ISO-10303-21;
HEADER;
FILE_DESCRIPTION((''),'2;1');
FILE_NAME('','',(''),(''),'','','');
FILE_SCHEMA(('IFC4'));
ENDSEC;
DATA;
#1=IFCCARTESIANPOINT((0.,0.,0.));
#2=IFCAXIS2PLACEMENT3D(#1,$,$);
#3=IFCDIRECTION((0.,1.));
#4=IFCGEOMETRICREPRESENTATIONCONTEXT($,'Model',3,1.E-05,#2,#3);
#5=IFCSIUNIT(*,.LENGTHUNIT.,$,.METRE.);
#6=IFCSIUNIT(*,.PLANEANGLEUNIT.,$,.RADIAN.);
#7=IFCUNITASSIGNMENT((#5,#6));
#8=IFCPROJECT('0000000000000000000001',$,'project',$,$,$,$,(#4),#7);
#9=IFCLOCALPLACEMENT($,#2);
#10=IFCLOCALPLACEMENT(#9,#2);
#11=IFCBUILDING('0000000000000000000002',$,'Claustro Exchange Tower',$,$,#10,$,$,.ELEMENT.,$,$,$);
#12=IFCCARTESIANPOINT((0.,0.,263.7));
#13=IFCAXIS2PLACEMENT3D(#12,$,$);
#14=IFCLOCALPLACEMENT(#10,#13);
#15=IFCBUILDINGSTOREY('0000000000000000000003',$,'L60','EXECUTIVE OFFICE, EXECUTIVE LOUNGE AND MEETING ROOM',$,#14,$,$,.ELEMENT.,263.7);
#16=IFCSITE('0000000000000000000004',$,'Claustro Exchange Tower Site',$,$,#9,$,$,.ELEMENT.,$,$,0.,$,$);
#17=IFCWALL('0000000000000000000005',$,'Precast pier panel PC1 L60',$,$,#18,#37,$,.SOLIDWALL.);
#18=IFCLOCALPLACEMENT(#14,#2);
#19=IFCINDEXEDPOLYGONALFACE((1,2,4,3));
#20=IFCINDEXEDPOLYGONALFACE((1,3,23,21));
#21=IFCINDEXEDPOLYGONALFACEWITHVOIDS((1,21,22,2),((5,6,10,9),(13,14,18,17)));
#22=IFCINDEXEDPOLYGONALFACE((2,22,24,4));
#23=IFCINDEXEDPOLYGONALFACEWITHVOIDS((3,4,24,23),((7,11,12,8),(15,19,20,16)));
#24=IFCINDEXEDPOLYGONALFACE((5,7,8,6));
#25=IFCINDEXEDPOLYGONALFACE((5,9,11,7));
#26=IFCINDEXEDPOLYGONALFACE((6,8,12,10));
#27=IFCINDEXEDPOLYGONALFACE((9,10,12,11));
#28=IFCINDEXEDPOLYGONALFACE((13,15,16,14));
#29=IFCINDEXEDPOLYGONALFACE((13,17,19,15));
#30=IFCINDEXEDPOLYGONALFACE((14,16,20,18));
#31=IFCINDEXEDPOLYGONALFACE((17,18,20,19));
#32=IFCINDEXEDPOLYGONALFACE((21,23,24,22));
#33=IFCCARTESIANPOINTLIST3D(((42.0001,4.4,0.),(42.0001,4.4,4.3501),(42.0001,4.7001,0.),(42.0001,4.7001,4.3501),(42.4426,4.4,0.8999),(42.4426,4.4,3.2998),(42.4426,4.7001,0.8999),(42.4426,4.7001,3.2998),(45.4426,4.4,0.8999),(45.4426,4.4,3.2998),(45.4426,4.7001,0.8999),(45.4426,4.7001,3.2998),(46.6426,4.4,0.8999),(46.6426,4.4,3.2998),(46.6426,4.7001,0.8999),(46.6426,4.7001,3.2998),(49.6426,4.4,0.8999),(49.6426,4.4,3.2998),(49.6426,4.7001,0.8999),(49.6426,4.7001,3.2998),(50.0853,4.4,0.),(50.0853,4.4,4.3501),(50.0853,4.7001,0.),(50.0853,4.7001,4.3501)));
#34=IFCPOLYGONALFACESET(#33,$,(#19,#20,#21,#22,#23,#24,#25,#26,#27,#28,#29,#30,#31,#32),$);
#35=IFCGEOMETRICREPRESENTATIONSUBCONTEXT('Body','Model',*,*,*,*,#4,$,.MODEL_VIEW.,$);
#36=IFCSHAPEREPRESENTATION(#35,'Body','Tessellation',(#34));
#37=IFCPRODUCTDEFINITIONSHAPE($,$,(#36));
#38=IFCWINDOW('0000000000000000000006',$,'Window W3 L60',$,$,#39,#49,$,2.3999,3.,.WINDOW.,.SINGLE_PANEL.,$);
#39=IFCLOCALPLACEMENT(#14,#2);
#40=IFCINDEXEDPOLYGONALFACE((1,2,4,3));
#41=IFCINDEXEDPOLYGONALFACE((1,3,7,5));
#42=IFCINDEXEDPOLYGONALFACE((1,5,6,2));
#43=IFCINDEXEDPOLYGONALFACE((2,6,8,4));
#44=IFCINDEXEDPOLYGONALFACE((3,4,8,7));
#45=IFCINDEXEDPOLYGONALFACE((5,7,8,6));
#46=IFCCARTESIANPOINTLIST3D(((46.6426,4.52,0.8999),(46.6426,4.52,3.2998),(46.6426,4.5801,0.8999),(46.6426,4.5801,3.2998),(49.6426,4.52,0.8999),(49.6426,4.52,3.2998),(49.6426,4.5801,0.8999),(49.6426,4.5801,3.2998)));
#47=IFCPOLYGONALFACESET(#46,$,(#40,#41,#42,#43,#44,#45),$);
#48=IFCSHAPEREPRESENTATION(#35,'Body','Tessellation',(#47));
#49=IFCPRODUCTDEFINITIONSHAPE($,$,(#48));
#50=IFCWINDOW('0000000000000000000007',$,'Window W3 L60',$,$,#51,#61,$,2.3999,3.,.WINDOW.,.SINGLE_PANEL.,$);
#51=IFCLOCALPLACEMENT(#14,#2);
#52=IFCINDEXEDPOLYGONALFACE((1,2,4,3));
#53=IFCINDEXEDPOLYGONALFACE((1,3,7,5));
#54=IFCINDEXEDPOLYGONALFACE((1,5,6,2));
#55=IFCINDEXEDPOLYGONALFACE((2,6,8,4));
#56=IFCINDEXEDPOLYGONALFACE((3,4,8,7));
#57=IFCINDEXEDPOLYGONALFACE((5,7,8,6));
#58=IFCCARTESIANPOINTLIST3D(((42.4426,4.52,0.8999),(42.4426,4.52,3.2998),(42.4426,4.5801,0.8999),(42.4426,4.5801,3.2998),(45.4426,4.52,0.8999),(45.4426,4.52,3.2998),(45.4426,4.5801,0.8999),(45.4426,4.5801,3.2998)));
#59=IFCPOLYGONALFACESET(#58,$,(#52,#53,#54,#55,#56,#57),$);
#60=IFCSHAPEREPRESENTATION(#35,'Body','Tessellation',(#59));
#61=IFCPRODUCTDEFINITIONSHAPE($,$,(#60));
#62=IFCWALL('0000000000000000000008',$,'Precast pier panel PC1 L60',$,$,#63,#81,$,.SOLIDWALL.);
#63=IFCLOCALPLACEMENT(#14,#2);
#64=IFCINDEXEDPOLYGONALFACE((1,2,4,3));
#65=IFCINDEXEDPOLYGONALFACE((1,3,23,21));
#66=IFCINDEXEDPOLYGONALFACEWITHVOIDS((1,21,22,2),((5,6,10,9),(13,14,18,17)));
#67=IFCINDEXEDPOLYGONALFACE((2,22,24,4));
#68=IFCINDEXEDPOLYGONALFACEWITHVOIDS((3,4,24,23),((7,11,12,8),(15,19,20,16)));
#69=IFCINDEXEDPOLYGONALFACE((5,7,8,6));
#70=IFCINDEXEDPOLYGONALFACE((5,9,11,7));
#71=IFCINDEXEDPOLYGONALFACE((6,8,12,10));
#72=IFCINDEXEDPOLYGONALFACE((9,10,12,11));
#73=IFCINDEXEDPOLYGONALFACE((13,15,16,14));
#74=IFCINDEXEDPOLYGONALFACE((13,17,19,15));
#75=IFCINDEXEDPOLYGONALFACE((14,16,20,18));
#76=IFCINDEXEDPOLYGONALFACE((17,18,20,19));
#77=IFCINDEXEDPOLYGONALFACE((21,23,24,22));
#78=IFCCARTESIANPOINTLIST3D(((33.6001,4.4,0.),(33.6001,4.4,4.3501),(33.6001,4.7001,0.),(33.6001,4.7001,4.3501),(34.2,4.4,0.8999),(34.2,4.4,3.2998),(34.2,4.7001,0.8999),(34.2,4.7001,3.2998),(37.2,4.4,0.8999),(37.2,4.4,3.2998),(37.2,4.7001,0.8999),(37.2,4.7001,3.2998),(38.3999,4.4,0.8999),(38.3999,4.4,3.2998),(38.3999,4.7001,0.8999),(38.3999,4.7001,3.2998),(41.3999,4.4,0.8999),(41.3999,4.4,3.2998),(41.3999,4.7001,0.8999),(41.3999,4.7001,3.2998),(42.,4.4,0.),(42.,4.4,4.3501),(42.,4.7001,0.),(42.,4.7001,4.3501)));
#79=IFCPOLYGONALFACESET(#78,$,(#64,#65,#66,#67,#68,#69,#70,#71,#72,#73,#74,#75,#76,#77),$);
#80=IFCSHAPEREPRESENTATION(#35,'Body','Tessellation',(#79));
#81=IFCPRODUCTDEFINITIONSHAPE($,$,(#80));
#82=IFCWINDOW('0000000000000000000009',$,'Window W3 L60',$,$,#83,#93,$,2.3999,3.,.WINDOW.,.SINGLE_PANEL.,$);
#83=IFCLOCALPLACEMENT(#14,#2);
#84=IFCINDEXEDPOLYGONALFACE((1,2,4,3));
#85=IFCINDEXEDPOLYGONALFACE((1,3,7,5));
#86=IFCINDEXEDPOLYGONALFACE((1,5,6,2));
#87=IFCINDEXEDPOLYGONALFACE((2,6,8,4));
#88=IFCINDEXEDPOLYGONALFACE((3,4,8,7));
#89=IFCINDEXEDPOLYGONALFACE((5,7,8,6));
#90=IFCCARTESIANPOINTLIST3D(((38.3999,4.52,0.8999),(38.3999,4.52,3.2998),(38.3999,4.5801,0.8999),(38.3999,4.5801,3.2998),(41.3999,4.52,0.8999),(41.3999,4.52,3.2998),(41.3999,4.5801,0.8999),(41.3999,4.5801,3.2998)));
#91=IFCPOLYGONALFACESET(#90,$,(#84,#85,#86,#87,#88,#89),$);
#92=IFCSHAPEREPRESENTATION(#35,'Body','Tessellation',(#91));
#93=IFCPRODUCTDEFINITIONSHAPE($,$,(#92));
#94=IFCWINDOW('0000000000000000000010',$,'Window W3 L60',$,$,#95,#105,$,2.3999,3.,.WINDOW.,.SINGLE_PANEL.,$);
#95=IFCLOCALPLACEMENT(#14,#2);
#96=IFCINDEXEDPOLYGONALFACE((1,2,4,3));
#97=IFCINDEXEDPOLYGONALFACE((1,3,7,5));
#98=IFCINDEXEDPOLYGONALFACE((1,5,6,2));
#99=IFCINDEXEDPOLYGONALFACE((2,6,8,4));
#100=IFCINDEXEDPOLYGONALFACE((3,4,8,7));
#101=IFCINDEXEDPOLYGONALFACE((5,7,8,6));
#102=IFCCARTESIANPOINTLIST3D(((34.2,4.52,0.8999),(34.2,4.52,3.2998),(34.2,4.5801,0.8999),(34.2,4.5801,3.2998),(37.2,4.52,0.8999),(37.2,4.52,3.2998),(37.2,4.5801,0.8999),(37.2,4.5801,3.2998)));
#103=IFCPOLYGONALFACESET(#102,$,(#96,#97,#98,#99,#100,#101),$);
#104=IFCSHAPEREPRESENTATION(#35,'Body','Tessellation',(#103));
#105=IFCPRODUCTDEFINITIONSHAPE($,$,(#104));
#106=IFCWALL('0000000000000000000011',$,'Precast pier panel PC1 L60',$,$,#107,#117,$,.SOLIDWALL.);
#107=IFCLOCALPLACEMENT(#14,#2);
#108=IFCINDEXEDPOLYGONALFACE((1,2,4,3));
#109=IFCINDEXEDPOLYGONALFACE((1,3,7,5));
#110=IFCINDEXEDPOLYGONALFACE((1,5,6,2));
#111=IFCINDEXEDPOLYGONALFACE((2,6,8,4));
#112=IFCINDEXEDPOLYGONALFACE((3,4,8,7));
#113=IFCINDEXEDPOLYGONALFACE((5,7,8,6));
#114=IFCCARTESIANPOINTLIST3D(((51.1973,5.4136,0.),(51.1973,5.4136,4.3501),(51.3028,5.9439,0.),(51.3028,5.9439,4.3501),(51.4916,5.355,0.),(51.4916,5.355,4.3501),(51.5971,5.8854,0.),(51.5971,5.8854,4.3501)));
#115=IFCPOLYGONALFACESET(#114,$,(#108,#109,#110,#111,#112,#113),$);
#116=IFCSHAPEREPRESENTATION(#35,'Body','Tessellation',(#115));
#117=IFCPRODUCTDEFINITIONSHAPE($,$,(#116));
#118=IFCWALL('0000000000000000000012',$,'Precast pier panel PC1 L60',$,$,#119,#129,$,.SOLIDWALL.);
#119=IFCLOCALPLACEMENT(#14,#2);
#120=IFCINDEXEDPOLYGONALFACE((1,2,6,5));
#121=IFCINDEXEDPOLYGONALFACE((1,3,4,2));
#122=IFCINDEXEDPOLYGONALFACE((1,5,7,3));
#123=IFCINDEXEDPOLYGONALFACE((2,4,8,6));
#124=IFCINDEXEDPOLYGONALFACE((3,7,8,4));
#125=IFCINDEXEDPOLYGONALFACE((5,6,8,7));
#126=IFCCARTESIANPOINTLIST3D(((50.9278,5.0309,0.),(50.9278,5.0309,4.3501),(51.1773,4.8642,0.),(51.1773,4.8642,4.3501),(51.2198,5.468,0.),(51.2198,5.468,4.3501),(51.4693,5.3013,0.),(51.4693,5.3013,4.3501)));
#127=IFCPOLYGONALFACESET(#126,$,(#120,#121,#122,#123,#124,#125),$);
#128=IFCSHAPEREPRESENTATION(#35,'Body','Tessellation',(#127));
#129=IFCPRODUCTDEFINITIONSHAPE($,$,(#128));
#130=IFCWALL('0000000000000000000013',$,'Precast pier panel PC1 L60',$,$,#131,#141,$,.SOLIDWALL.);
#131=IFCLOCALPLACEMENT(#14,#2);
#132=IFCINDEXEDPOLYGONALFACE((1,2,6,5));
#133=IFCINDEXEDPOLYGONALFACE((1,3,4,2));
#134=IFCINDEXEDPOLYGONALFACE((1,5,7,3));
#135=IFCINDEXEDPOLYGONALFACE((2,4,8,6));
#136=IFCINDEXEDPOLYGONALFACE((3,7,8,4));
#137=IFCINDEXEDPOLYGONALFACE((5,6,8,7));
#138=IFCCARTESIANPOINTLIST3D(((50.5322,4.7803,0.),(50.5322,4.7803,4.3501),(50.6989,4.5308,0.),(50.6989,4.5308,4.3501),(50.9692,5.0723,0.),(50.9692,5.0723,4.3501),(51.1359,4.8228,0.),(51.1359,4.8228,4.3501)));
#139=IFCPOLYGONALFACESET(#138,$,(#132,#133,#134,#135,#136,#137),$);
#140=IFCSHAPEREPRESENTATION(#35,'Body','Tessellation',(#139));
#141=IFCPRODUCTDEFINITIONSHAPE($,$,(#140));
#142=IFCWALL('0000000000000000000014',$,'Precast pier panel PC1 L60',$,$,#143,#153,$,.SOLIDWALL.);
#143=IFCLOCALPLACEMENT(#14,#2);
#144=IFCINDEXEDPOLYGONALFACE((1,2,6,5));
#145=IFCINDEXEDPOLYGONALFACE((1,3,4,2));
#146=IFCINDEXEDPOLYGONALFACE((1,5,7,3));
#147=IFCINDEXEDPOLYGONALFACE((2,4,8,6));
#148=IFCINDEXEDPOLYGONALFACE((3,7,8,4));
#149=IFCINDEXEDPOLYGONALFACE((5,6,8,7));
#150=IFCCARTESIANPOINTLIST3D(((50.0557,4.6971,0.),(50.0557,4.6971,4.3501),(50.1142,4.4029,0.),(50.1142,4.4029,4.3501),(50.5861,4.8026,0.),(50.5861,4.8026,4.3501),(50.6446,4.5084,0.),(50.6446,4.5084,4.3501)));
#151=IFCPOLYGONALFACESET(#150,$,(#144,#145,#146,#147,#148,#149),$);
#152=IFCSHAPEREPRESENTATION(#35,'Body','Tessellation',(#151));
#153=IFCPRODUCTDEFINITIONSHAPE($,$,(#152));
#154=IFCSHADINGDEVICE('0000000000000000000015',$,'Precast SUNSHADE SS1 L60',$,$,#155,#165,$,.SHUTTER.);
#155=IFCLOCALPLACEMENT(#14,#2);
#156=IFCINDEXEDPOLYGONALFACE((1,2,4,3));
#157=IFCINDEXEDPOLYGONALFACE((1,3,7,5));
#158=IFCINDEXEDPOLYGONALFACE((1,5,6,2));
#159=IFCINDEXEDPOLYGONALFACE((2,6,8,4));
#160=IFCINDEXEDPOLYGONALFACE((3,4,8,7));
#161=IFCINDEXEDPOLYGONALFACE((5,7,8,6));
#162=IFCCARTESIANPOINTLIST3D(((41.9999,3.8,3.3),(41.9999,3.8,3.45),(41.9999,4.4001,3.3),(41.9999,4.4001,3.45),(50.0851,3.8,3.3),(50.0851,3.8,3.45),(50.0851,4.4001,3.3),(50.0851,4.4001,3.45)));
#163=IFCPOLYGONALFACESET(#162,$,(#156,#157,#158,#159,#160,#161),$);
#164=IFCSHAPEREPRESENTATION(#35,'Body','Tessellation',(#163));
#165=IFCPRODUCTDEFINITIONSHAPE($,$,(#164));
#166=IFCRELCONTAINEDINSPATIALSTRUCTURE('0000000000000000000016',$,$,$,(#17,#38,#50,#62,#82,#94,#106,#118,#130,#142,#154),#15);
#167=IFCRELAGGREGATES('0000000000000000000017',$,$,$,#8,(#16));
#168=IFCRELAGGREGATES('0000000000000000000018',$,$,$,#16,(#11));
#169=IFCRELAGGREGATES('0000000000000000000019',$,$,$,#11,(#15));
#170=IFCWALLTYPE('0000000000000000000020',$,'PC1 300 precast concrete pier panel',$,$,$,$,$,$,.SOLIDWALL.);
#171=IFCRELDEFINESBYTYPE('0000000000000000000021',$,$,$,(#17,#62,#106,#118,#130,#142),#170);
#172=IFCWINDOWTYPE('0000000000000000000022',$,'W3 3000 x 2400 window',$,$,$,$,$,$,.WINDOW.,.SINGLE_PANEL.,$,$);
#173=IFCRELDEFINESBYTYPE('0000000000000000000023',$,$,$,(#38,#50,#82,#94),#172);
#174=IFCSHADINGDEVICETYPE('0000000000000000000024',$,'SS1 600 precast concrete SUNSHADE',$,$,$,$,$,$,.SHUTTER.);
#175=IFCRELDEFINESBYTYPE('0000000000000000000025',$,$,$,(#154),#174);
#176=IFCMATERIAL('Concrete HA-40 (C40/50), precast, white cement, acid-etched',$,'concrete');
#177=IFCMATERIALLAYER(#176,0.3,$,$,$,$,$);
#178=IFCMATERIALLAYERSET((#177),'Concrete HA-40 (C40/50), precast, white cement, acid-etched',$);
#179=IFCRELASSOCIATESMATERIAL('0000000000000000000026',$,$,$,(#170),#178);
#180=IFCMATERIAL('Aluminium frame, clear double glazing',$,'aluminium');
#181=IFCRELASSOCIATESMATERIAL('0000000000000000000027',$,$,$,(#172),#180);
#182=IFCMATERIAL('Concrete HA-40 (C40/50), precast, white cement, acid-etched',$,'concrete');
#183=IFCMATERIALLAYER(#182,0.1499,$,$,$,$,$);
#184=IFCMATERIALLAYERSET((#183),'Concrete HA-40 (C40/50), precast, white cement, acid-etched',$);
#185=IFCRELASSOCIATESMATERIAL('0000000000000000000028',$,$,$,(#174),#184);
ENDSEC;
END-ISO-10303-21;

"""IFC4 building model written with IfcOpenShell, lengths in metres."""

from ifc_helpers import new_model, si_unit, direction, frame, frame_2d, origin, origin_2d, place, context, subcontext, project, spatial, rectangle, extrude, material, layer, layer_set, type_object, element, fill, save


model = new_model("IFC4")

# Units and contexts
model_context = context("Model", 3, precision=1e-05, world=origin(), true_north=direction((0.0, 1.0)))
body_context = subcontext(model_context, "Body", "Model", "MODEL_VIEW")
ifc_project = project(units=[si_unit("LENGTHUNIT", "METRE"), si_unit("PLANEANGLEUNIT", "RADIAN")], contexts=[model_context])

# Site, building, storey
site_placement = place(None, origin())
site = spatial("IfcSite", under=ifc_project, at=site_placement, Name="Claustro Exchange Tower Site", CompositionType="ELEMENT", RefElevation=0.0)
building_placement = place(site_placement, origin())
building = spatial("IfcBuilding", under=site, at=building_placement, Name="Claustro Exchange Tower", CompositionType="ELEMENT")
storey_placement = place(building_placement, frame((0.0, 0.0, 263.7)))
storey = spatial("IfcBuildingStorey", under=building, at=storey_placement, Name="L60", Description="EXECUTIVE OFFICE, EXECUTIVE LOUNGE AND MEETING ROOM", CompositionType="ELEMENT", Elevation=263.7)

# Walls, openings, windows
ifc_material_1 = material(Name="Concrete HA-40 (C40/50), precast, white cement, acid-etched", Category="concrete")
ifc_layer_1 = layer(ifc_material_1, 0.3)
ifc_layer_set_1 = layer_set([ifc_layer_1], Name="Concrete HA-40 (C40/50), precast, white cement, acid-etched")
wall_type_1 = type_object("IfcWallType", Name="PC1 300 precast concrete pier panel", PredefinedType="SOLIDWALL", material=ifc_layer_set_1)
wall_1_placement = place(storey_placement, frame((50.0852, 4.55, 0.0), z_axis=(0.0, 0.0, 1.0), x_axis=(-1.0, 0.0, 0.0)))
wall_1 = element("IfcWall", 1, at=wall_1_placement, inside=storey, type_object=wall_type_1, Name="Precast pier panel PC1 L60", PredefinedType="SOLIDWALL", context=body_context, shape_type="SweptSolid", body=[
    extrude(rectangle(XDim=8.0852, YDim=0.3, at=frame_2d((4.0425, 0.0))), origin(), (0.0, 0.0, 1.0), 4.3501),
])
opening_1_placement = place(wall_1_placement, frame((0.4426, 0.0, 0.8999)))
opening_1 = element("IfcOpeningElement", 2, at=opening_1_placement, cuts=wall_1, PredefinedType="OPENING", context=body_context, shape_type="SweptSolid", body=[
    extrude(rectangle(XDim=3.0, YDim=2.3999, at=frame_2d((1.5, 1.2))), frame((0.0, 0.1599, 0.0), z_axis=(0.0, -1.0, 0.0), x_axis=(1.0, 0.0, 0.0)), (0.0, 0.0, 1.0), 0.3201),
])
opening_2_placement = place(wall_1_placement, frame((4.6426, 0.0, 0.8999)))
opening_2 = element("IfcOpeningElement", 3, at=opening_2_placement, cuts=wall_1, PredefinedType="OPENING", context=body_context, shape_type="SweptSolid", body=[
    extrude(rectangle(XDim=3.0, YDim=2.3999, at=frame_2d((1.5, 1.2))), frame((0.0, 0.1599, 0.0), z_axis=(0.0, -1.0, 0.0), x_axis=(1.0, 0.0, 0.0)), (0.0, 0.0, 1.0), 0.3201),
])
ifc_material_2 = material(Name="Aluminium frame, clear double glazing", Category="aluminium")
window_type = type_object("IfcWindowType", Name="W3 3000 x 2400 window", PartitioningType="SINGLE_PANEL", PredefinedType="WINDOW", material=ifc_material_2)
window_1_placement = place(opening_1_placement, origin())
window_1 = element("IfcWindow", 4, at=window_1_placement, inside=storey, type_object=window_type, Name="Window W3 L60", OverallHeight=2.3999, OverallWidth=3.0, PartitioningType="SINGLE_PANEL", PredefinedType="WINDOW", context=body_context, shape_type="SweptSolid", body=[
    extrude(rectangle(XDim=3.0, YDim=2.3999, at=frame_2d((1.5, 1.2))), frame((0.0, 0.03, 0.0), z_axis=(0.0, -1.0, 0.0), x_axis=(1.0, 0.0, 0.0)), (0.0, 0.0, 1.0), 0.0601),
])
fill(opening_1, window_1)
window_2_placement = place(opening_2_placement, origin())
window_2 = element("IfcWindow", 5, at=window_2_placement, inside=storey, type_object=window_type, Name="Window W3 L60", OverallHeight=2.3999, OverallWidth=3.0, PartitioningType="SINGLE_PANEL", PredefinedType="WINDOW", context=body_context, shape_type="SweptSolid", body=[
    extrude(rectangle(XDim=3.0, YDim=2.3999, at=frame_2d((1.5, 1.2))), frame((0.0, 0.03, 0.0), z_axis=(0.0, -1.0, 0.0), x_axis=(1.0, 0.0, 0.0)), (0.0, 0.0, 1.0), 0.0601),
])
fill(opening_2, window_2)
wall_2_placement = place(storey_placement, frame((42.0, 4.55, 0.0), z_axis=(0.0, 0.0, 1.0), x_axis=(-1.0, 0.0, 0.0)))
wall_2 = element("IfcWall", 6, at=wall_2_placement, inside=storey, type_object=wall_type_1, Name="Precast pier panel PC1 L60", PredefinedType="SOLIDWALL", context=body_context, shape_type="SweptSolid", body=[
    extrude(rectangle(XDim=8.3999, YDim=0.3, at=frame_2d((4.2, 0.0))), origin(), (0.0, 0.0, 1.0), 4.3501),
])
opening_3_placement = place(wall_2_placement, frame((0.6001, 0.0, 0.8999)))
opening_3 = element("IfcOpeningElement", 7, at=opening_3_placement, cuts=wall_2, PredefinedType="OPENING", context=body_context, shape_type="SweptSolid", body=[
    extrude(rectangle(XDim=3.0, YDim=2.3999, at=frame_2d((1.5, 1.2))), frame((0.0, 0.1599, 0.0), z_axis=(0.0, -1.0, 0.0), x_axis=(1.0, 0.0, 0.0)), (0.0, 0.0, 1.0), 0.3201),
])
opening_4_placement = place(wall_2_placement, frame((4.8, 0.0, 0.8999)))
opening_4 = element("IfcOpeningElement", 8, at=opening_4_placement, cuts=wall_2, PredefinedType="OPENING", context=body_context, shape_type="SweptSolid", body=[
    extrude(rectangle(XDim=3.0, YDim=2.3999, at=frame_2d((1.5, 1.2))), frame((0.0, 0.1599, 0.0), z_axis=(0.0, -1.0, 0.0), x_axis=(1.0, 0.0, 0.0)), (0.0, 0.0, 1.0), 0.3201),
])
window_3_placement = place(opening_3_placement, origin())
window_3 = element("IfcWindow", 9, at=window_3_placement, inside=storey, type_object=window_type, Name="Window W3 L60", OverallHeight=2.3999, OverallWidth=3.0, PartitioningType="SINGLE_PANEL", PredefinedType="WINDOW", context=body_context, shape_type="SweptSolid", body=[
    extrude(rectangle(XDim=3.0, YDim=2.3999, at=frame_2d((1.5, 1.2))), frame((0.0, 0.03, 0.0), z_axis=(0.0, -1.0, 0.0), x_axis=(1.0, 0.0, 0.0)), (0.0, 0.0, 1.0), 0.0601),
])
fill(opening_3, window_3)
window_4_placement = place(opening_4_placement, origin())
window_4 = element("IfcWindow", 10, at=window_4_placement, inside=storey, type_object=window_type, Name="Window W3 L60", OverallHeight=2.3999, OverallWidth=3.0, PartitioningType="SINGLE_PANEL", PredefinedType="WINDOW", context=body_context, shape_type="SweptSolid", body=[
    extrude(rectangle(XDim=3.0, YDim=2.3999, at=frame_2d((1.5, 1.2))), frame((0.0, 0.03, 0.0), z_axis=(0.0, -1.0, 0.0), x_axis=(1.0, 0.0, 0.0)), (0.0, 0.0, 1.0), 0.0601),
])
fill(opening_4, window_4)

# Walls
wall_3_placement = place(storey_placement, frame((51.45, 5.9148, 0.0), z_axis=(0.0, 0.0, 1.0), x_axis=(-0.195074, -0.980789, 0.0)))
element("IfcWall", 11, at=wall_3_placement, inside=storey, type_object=wall_type_1, Name="Precast pier panel PC1 L60", PredefinedType="SOLIDWALL", context=body_context, shape_type="SweptSolid", body=[
    extrude(rectangle(XDim=0.5408, YDim=0.3, at=frame_2d((0.2705, 0.0))), origin(), (0.0, 0.0, 1.0), 4.3501),
])
for number, where, z_axis, x_axis, name in (
    (12, (51.3445, 5.3845, 0.0), (0.0, 0.0, 1.0), (-0.555557, -0.831478, 0.0), "Precast pier panel PC1 L60"),
    (13, (51.0525, 4.9475, 0.0), (0.0, 0.0, 1.0), (-0.831478, -0.555557, 0.0), "Precast pier panel PC1 L60"),
):
    element("IfcWall", number, at=place(storey_placement, frame(where, z_axis=z_axis, x_axis=x_axis)), inside=storey, type_object=wall_type_1, Name=name, PredefinedType="SOLIDWALL", context=body_context, shape_type="SweptSolid", body=[
        extrude(rectangle(XDim=0.5256, YDim=0.3, at=frame_2d((0.2627, 0.0))), origin(), (0.0, 0.0, 1.0), 4.3501),
    ])
wall_4_placement = place(storey_placement, frame((50.6155, 4.6555, 0.0), z_axis=(0.0, 0.0, 1.0), x_axis=(-0.980789, -0.195074, 0.0)))
element("IfcWall", 14, at=wall_4_placement, inside=storey, type_object=wall_type_1, Name="Precast pier panel PC1 L60", PredefinedType="SOLIDWALL", context=body_context, shape_type="SweptSolid", body=[
    extrude(rectangle(XDim=0.5408, YDim=0.3, at=frame_2d((0.2705, 0.0))), origin(), (0.0, 0.0, 1.0), 4.3501),
])

# Shading device
ifc_material_3 = material(Name="Concrete HA-40 (C40/50), precast, white cement, acid-etched", Category="concrete")
ifc_layer_2 = layer(ifc_material_3, 0.1499)
ifc_layer_set_2 = layer_set([ifc_layer_2], Name="Concrete HA-40 (C40/50), precast, white cement, acid-etched")
shading_device_type = type_object("IfcShadingDeviceType", Name="SS1 600 precast concrete SUNSHADE", PredefinedType="SHUTTER", material=ifc_layer_set_2)
shading_device_placement = place(storey_placement, frame((46.0425, 4.1001, 3.3), z_axis=(0.0, 0.0, 1.0), x_axis=(-1.0, 0.0, 0.0)))
element("IfcShadingDevice", 15, at=shading_device_placement, inside=storey, type_object=shading_device_type, Name="Precast SUNSHADE SS1 L60", PredefinedType="SHUTTER", context=body_context, shape_type="SweptSolid", body=[
    extrude(rectangle(XDim=8.0852, YDim=0.6001, at=origin_2d()), origin(), (0.0, 0.0, 1.0), 0.1499),
])

save(model, "model.ifc")
